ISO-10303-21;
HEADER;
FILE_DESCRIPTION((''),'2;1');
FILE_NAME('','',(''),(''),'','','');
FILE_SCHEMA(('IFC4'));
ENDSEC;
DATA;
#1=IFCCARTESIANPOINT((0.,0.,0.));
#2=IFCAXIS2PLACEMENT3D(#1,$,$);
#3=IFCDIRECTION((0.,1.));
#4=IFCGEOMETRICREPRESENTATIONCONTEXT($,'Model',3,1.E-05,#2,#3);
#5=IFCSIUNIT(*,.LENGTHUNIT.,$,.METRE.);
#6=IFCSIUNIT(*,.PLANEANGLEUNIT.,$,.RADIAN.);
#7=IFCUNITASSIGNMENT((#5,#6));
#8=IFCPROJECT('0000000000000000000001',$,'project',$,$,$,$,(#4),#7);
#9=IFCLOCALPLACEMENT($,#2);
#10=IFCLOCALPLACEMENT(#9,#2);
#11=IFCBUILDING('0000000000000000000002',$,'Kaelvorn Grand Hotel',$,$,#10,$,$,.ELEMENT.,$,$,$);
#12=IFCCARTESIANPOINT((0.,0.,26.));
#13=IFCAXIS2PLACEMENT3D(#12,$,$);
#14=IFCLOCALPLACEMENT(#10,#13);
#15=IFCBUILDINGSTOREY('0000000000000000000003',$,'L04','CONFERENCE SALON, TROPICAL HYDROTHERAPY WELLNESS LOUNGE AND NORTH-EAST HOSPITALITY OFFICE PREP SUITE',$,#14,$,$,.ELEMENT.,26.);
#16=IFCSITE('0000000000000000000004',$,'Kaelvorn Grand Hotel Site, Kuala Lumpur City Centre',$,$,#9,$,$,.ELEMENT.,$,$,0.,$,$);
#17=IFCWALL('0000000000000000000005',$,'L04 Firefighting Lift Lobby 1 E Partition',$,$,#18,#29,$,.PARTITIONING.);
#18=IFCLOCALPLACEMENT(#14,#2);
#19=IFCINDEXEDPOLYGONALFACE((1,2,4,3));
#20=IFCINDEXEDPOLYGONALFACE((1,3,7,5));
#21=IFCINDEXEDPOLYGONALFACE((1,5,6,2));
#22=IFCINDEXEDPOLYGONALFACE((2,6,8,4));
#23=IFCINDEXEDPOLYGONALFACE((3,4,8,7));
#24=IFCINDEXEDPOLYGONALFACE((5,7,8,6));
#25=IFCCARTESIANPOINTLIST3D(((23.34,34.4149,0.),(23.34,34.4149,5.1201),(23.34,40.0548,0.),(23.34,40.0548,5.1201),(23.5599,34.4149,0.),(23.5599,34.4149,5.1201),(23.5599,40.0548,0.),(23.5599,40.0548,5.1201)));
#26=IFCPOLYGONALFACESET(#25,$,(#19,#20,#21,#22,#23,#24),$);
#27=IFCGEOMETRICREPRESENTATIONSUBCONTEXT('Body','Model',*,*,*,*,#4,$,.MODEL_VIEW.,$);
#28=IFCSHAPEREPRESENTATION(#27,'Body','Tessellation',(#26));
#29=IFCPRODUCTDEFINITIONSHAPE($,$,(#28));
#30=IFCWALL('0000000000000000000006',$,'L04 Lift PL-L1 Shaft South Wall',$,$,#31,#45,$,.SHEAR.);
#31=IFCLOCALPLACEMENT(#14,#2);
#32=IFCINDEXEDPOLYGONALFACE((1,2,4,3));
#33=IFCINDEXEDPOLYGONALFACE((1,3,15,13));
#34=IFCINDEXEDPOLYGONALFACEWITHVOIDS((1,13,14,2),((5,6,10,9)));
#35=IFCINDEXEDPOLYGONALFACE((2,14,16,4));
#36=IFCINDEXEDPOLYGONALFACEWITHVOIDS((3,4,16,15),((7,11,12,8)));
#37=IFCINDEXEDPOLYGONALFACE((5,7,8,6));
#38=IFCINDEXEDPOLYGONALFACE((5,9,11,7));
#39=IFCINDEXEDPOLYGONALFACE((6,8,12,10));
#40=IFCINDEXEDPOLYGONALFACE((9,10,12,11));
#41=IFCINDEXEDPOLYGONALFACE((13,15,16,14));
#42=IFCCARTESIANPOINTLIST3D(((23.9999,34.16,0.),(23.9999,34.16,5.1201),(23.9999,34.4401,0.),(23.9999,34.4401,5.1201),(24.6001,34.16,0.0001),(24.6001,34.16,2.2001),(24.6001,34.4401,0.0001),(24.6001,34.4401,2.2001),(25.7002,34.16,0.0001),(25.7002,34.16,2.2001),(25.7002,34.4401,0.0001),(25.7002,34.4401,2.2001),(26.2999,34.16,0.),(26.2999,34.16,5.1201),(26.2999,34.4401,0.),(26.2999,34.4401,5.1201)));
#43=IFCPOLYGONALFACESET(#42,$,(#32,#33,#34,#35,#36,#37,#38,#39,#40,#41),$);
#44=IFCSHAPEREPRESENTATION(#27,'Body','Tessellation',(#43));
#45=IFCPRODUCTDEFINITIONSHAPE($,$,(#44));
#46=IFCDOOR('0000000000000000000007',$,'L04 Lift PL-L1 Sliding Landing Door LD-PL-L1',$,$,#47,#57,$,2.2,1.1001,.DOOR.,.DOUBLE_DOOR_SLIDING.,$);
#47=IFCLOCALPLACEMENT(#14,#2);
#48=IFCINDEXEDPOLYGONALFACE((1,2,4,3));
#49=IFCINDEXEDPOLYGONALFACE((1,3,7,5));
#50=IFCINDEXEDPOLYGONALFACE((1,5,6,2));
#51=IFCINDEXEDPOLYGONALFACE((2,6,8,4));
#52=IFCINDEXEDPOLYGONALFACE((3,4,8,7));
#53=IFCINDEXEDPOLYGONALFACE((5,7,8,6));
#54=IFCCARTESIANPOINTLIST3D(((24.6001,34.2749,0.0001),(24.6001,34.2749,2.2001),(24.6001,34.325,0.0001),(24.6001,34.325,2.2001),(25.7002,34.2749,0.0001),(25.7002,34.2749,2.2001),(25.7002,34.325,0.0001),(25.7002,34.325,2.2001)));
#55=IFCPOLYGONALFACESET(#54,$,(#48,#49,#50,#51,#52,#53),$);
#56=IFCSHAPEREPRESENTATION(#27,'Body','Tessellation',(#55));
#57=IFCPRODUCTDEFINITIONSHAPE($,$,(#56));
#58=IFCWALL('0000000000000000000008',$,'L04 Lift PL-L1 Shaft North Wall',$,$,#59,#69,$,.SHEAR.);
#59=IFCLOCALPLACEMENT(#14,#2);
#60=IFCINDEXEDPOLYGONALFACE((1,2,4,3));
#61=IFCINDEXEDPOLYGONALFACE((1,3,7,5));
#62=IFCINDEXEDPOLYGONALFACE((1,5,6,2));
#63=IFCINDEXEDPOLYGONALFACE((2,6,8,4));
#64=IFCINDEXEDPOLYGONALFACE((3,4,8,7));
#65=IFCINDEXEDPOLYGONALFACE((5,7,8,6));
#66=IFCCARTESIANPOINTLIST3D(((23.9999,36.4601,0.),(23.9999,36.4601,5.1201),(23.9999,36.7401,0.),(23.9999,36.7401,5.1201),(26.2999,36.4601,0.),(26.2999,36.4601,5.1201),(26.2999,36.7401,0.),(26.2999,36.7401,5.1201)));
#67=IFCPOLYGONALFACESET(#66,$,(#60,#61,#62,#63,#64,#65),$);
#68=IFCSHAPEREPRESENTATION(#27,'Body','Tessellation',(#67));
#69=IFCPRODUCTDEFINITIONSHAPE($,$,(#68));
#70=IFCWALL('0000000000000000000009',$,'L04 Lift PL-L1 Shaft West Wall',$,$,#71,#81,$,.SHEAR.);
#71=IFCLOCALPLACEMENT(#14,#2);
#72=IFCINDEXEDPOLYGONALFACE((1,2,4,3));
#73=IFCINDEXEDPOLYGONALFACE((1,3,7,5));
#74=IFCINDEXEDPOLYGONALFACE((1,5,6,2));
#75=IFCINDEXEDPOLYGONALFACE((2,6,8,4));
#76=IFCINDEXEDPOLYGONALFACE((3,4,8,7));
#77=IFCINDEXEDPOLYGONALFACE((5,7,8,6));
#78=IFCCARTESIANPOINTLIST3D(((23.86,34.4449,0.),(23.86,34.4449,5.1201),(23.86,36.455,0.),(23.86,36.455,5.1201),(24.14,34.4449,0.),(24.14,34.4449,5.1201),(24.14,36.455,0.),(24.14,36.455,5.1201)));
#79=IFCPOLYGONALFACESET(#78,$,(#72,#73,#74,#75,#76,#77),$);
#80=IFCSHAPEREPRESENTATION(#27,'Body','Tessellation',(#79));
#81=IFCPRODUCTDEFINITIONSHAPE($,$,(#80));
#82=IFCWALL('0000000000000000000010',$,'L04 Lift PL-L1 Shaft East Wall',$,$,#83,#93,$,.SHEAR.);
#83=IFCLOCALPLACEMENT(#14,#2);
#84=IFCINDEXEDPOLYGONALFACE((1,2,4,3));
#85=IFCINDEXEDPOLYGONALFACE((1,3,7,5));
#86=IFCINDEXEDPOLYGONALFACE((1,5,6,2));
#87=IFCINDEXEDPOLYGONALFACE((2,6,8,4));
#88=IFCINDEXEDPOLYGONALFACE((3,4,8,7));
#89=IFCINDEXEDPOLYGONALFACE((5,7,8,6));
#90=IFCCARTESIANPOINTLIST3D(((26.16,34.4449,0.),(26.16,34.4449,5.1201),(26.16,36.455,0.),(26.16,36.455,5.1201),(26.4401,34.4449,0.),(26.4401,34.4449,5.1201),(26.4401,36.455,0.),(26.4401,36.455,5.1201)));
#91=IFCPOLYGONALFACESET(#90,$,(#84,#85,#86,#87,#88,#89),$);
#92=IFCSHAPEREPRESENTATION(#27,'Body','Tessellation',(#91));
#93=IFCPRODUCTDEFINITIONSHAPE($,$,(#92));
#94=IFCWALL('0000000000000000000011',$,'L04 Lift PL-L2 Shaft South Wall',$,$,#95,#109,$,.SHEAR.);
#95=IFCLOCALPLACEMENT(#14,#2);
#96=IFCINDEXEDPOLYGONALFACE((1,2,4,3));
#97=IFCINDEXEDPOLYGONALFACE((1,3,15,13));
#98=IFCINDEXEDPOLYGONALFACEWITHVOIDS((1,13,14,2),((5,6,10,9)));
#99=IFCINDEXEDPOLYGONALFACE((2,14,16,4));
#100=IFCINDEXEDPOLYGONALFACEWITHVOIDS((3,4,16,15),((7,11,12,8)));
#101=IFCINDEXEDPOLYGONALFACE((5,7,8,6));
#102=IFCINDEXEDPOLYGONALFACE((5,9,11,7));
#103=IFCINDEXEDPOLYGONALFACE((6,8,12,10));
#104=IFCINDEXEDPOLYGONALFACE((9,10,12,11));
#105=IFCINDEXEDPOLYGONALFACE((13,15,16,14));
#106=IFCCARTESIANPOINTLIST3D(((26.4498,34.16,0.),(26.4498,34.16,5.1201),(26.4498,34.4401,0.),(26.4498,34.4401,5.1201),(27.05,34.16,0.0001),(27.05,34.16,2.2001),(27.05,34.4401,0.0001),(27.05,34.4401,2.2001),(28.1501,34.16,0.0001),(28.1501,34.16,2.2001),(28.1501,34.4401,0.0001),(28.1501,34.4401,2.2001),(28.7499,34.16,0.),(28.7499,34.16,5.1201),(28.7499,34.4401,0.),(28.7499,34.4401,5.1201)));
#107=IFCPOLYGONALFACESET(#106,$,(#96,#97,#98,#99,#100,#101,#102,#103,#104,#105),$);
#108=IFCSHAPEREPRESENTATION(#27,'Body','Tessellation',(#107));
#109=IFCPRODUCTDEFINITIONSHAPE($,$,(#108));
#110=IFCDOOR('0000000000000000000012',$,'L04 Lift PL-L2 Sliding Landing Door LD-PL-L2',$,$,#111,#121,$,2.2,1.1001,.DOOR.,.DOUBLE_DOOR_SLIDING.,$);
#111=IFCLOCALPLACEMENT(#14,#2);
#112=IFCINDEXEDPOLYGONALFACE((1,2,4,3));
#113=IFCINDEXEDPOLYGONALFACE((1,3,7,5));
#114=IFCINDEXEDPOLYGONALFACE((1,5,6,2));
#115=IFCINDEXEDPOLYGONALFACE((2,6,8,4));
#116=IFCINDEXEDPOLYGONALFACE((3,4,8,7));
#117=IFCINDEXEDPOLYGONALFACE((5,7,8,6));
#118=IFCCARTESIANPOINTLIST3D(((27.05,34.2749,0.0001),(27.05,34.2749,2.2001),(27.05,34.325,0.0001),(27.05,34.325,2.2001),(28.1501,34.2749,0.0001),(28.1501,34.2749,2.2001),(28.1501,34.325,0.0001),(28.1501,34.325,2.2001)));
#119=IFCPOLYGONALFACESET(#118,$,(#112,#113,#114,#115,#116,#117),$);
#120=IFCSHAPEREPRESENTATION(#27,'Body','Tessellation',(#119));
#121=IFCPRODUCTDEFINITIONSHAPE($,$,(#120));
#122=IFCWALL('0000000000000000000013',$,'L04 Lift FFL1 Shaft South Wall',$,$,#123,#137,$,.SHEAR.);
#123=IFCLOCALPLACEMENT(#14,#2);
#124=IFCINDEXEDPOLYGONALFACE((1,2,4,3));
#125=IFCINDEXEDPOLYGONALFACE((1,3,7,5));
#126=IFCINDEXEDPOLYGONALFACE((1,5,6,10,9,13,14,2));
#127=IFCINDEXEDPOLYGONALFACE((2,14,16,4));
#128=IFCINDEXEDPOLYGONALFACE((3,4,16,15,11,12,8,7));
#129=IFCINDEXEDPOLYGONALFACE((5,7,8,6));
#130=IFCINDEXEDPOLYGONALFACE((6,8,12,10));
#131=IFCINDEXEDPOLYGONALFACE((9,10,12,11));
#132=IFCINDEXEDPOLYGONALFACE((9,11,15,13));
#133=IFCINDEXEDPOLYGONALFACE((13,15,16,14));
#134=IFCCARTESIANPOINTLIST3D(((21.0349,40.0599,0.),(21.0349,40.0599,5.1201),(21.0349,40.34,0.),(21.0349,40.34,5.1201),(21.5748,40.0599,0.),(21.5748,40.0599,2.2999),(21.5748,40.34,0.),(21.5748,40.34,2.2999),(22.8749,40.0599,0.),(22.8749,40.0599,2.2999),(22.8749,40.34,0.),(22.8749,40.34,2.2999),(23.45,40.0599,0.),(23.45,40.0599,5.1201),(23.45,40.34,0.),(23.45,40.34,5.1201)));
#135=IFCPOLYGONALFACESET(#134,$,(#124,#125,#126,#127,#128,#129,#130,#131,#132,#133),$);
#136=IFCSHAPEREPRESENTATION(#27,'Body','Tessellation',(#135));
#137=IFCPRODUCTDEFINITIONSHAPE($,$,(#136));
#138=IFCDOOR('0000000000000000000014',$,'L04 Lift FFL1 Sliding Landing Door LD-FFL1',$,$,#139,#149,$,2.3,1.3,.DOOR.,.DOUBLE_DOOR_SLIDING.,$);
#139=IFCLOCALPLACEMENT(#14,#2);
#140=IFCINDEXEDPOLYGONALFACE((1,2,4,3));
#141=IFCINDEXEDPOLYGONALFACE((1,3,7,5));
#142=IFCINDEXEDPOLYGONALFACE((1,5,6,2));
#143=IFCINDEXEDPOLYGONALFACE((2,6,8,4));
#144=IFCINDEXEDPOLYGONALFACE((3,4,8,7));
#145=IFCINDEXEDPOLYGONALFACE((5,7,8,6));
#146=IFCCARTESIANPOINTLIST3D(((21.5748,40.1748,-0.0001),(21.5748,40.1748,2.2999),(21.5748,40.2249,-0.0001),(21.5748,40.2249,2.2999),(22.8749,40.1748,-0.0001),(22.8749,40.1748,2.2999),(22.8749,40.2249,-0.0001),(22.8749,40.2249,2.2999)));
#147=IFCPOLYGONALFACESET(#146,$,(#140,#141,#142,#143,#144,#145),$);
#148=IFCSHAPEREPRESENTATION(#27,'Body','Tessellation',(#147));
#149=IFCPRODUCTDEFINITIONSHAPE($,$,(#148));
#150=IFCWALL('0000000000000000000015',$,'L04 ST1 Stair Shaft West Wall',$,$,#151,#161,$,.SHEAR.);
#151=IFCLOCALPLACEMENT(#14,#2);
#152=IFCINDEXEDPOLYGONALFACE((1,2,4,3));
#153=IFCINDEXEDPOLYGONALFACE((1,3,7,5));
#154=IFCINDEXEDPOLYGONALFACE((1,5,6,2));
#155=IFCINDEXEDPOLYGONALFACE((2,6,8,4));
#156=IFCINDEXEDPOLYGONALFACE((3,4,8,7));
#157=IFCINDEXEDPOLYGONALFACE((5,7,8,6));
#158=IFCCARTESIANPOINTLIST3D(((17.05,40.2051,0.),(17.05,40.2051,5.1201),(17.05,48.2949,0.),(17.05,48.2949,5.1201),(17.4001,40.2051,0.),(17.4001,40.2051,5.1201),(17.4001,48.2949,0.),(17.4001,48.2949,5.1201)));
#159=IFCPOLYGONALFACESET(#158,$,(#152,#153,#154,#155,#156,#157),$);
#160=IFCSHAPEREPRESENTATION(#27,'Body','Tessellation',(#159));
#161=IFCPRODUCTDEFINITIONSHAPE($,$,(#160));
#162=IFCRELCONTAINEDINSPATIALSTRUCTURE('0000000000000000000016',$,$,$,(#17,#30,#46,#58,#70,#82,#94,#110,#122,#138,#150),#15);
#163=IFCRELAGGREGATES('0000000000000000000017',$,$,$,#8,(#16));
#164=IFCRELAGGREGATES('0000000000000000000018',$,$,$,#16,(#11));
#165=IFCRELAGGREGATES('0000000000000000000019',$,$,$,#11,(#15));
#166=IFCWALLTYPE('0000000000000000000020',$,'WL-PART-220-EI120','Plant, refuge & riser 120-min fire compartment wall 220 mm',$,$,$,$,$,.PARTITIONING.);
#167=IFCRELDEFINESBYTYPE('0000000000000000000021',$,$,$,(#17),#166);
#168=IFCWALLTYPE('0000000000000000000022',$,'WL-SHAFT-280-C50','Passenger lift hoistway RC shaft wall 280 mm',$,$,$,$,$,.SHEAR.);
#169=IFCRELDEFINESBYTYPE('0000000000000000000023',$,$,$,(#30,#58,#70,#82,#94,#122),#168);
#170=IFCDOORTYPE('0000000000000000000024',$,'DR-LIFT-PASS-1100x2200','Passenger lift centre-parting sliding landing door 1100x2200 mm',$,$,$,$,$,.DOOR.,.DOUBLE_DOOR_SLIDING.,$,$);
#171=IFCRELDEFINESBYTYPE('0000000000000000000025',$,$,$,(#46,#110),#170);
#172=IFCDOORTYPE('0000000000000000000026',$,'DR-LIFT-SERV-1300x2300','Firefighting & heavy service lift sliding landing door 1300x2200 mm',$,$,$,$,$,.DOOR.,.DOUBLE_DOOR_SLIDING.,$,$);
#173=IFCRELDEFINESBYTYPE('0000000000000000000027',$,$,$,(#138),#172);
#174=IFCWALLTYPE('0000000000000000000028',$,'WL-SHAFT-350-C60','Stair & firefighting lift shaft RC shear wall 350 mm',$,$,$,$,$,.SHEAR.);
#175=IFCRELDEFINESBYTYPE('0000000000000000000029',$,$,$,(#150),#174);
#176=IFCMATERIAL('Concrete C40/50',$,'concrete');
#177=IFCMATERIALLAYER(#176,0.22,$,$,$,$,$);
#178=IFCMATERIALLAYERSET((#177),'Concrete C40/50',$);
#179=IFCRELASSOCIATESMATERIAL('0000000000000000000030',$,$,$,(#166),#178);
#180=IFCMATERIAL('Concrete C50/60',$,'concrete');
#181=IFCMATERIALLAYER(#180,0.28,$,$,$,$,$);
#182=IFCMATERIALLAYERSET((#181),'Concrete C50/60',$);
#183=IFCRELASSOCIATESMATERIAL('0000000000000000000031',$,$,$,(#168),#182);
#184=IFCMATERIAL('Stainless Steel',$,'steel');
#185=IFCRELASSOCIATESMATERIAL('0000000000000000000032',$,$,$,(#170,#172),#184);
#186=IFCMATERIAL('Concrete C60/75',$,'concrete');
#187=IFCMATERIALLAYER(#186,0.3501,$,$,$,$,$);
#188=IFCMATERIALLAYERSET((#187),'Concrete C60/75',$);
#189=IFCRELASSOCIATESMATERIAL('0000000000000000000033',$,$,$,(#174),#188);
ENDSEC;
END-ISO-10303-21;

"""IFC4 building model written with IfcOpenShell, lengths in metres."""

from ifc_helpers import new_model, si_unit, direction, frame, frame_2d, origin, place, context, subcontext, project, spatial, rectangle, extrude, material, layer, layer_set, type_object, element, fill, save


model = new_model("IFC4")

# Units and contexts
model_context = context("Model", 3, precision=1e-05, world=origin(), true_north=direction((0.0, 1.0)))
body_context = subcontext(model_context, "Body", "Model", "MODEL_VIEW")
ifc_project = project(units=[si_unit("LENGTHUNIT", "METRE"), si_unit("PLANEANGLEUNIT", "RADIAN")], contexts=[model_context])

# Site, building, storey
site_placement = place(None, origin())
site = spatial("IfcSite", under=ifc_project, at=site_placement, Name="Kaelvorn Grand Hotel Site, Kuala Lumpur City Centre", CompositionType="ELEMENT", RefElevation=0.0)
building_placement = place(site_placement, origin())
building = spatial("IfcBuilding", under=site, at=building_placement, Name="Kaelvorn Grand Hotel", CompositionType="ELEMENT")
storey_placement = place(building_placement, frame((0.0, 0.0, 26.0)))
storey = spatial("IfcBuildingStorey", under=building, at=storey_placement, Name="L04", Description="CONFERENCE SALON, TROPICAL HYDROTHERAPY WELLNESS LOUNGE AND NORTH-EAST HOSPITALITY OFFICE PREP SUITE", CompositionType="ELEMENT", Elevation=26.0)

# Shared definitions
ifc_material_1 = material(Name="Concrete C60/75", Category="concrete")

# Shared definitions
ifc_material_2 = material(Name="Concrete C40/50", Category="concrete")
ifc_layer_1 = layer(ifc_material_2, 0.22)
ifc_layer_set_1 = layer_set([ifc_layer_1], Name="Concrete C40/50")
wall_type_1 = type_object("IfcWallType", Name="WL-PART-220-EI120", Description="Plant, refuge & riser 120-min fire compartment wall 220 mm", PredefinedType="PARTITIONING", material=ifc_layer_set_1)

# Wall
wall_1_placement = place(storey_placement, frame((23.45, 34.415, 0.0), z_axis=(0.0, 0.0, 1.0), x_axis=(0.0, 1.0, 0.0)))
element("IfcWall", 1, at=wall_1_placement, inside=storey, type_object=wall_type_1, Name="L04 Firefighting Lift Lobby 1 E Partition", PredefinedType="PARTITIONING", context=body_context, shape_type="SweptSolid", body=[
    extrude(rectangle(XDim=5.6399, YDim=0.22, at=frame_2d((2.8198, 0.0))), origin(), (0.0, 0.0, 1.0), 5.1201),
])

# Wall, opening, door
ifc_material_3 = material(Name="Concrete C50/60", Category="concrete")
ifc_layer_2 = layer(ifc_material_3, 0.28)
ifc_layer_set_2 = layer_set([ifc_layer_2], Name="Concrete C50/60")
wall_type_2 = type_object("IfcWallType", Name="WL-SHAFT-280-C50", Description="Passenger lift hoistway RC shaft wall 280 mm", PredefinedType="SHEAR", material=ifc_layer_set_2)
wall_2_placement = place(storey_placement, frame((24.0, 34.3, 0.0), z_axis=(0.0, 0.0, 1.0), x_axis=(1.0, 0.0, 0.0)))
wall_2 = element("IfcWall", 2, at=wall_2_placement, inside=storey, type_object=wall_type_2, Name="L04 Lift PL-L1 Shaft South Wall", PredefinedType="SHEAR", context=body_context, shape_type="SweptSolid", body=[
    extrude(rectangle(XDim=2.3, YDim=0.28, at=frame_2d((1.1499, 0.0))), origin(), (0.0, 0.0, 1.0), 5.1201),
])
opening_1_placement = place(wall_2_placement, frame((0.6001, 0.0, 0.0)))
opening_1 = element("IfcOpeningElement", 3, at=opening_1_placement, cuts=wall_2, PredefinedType="OPENING", context=body_context, shape_type="SweptSolid", body=[
    extrude(rectangle(XDim=1.1001, YDim=2.2, at=frame_2d((0.55, 1.1001))), frame((0.0, 0.1499, 0.0), z_axis=(0.0, -1.0, 0.0), x_axis=(1.0, 0.0, 0.0)), (0.0, 0.0, 1.0), 0.3),
])
ifc_material_4 = material(Name="Stainless Steel", Category="steel")
door_type_1 = type_object("IfcDoorType", Name="DR-LIFT-PASS-1100x2200", Description="Passenger lift centre-parting sliding landing door 1100x2200 mm", OperationType="DOUBLE_DOOR_SLIDING", PredefinedType="DOOR", material=ifc_material_4)
door_1_placement = place(opening_1_placement, origin())
door_1 = element("IfcDoor", 4, at=door_1_placement, inside=storey, type_object=door_type_1, Name="L04 Lift PL-L1 Sliding Landing Door LD-PL-L1", OperationType="DOUBLE_DOOR_SLIDING", OverallHeight=2.2, OverallWidth=1.1001, PredefinedType="DOOR", context=body_context, shape_type="SweptSolid", body=[
    extrude(rectangle(XDim=1.1001, YDim=2.2, at=frame_2d((0.55, 1.1001))), frame((0.0, 0.0249, 0.0), z_axis=(0.0, -1.0, 0.0), x_axis=(1.0, 0.0, 0.0)), (0.0, 0.0, 1.0), 0.05),
])
fill(opening_1, door_1)

# Walls
wall_3_placement = place(storey_placement, frame((24.0, 36.6001, 0.0), z_axis=(0.0, 0.0, 1.0), x_axis=(1.0, 0.0, 0.0)))
element("IfcWall", 5, at=wall_3_placement, inside=storey, type_object=wall_type_2, Name="L04 Lift PL-L1 Shaft North Wall", PredefinedType="SHEAR", context=body_context, shape_type="SweptSolid", body=[
    extrude(rectangle(XDim=2.3, YDim=0.28, at=frame_2d((1.1499, 0.0))), origin(), (0.0, 0.0, 1.0), 5.1201),
])
for number, where, z_axis, x_axis, name in (
    (6, (24.0, 34.4451, 0.0), (0.0, 0.0, 1.0), (0.0, 1.0, 0.0), "L04 Lift PL-L1 Shaft West Wall"),
    (7, (26.3, 34.4451, 0.0), (0.0, 0.0, 1.0), (0.0, 1.0, 0.0), "L04 Lift PL-L1 Shaft East Wall"),
):
    element("IfcWall", number, at=place(storey_placement, frame(where, z_axis=z_axis, x_axis=x_axis)), inside=storey, type_object=wall_type_2, Name=name, PredefinedType="SHEAR", context=body_context, shape_type="SweptSolid", body=[
        extrude(rectangle(XDim=2.01, YDim=0.28, at=frame_2d((1.0049, 0.0))), origin(), (0.0, 0.0, 1.0), 5.1201),
    ])

# Walls, openings, doors
wall_4_placement = place(storey_placement, frame((26.45, 34.3, 0.0), z_axis=(0.0, 0.0, 1.0), x_axis=(1.0, 0.0, 0.0)))
wall_4 = element("IfcWall", 8, at=wall_4_placement, inside=storey, type_object=wall_type_2, Name="L04 Lift PL-L2 Shaft South Wall", PredefinedType="SHEAR", context=body_context, shape_type="SweptSolid", body=[
    extrude(rectangle(XDim=2.3, YDim=0.28, at=frame_2d((1.1499, 0.0))), origin(), (0.0, 0.0, 1.0), 5.1201),
])
opening_2_placement = place(wall_4_placement, frame((0.6001, 0.0, 0.0)))
opening_2 = element("IfcOpeningElement", 9, at=opening_2_placement, cuts=wall_4, PredefinedType="OPENING", context=body_context, shape_type="SweptSolid", body=[
    extrude(rectangle(XDim=1.1001, YDim=2.2, at=frame_2d((0.55, 1.1001))), frame((0.0, 0.1499, 0.0), z_axis=(0.0, -1.0, 0.0), x_axis=(1.0, 0.0, 0.0)), (0.0, 0.0, 1.0), 0.3),
])
door_2_placement = place(opening_2_placement, origin())
door_2 = element("IfcDoor", 10, at=door_2_placement, inside=storey, type_object=door_type_1, Name="L04 Lift PL-L2 Sliding Landing Door LD-PL-L2", OperationType="DOUBLE_DOOR_SLIDING", OverallHeight=2.2, OverallWidth=1.1001, PredefinedType="DOOR", context=body_context, shape_type="SweptSolid", body=[
    extrude(rectangle(XDim=1.1001, YDim=2.2, at=frame_2d((0.55, 1.1001))), frame((0.0, 0.0249, 0.0), z_axis=(0.0, -1.0, 0.0), x_axis=(1.0, 0.0, 0.0)), (0.0, 0.0, 1.0), 0.05),
])
fill(opening_2, door_2)
wall_5_placement = place(storey_placement, frame((21.0349, 40.2, 0.0), z_axis=(0.0, 0.0, 1.0), x_axis=(1.0, 0.0, 0.0)))
wall_5 = element("IfcWall", 11, at=wall_5_placement, inside=storey, type_object=wall_type_2, Name="L04 Lift FFL1 Shaft South Wall", PredefinedType="SHEAR", context=body_context, shape_type="SweptSolid", body=[
    extrude(rectangle(XDim=2.415, YDim=0.28, at=frame_2d((1.2075, 0.0))), origin(), (0.0, 0.0, 1.0), 5.1201),
])
opening_3_placement = place(wall_5_placement, frame((0.54, 0.0, 0.0)))
opening_3 = element("IfcOpeningElement", 12, at=opening_3_placement, cuts=wall_5, PredefinedType="OPENING", context=body_context, shape_type="SweptSolid", body=[
    extrude(rectangle(XDim=1.3, YDim=2.3, at=frame_2d((0.6499, 1.1499))), frame((0.0, 0.1499, 0.0), z_axis=(0.0, -1.0, 0.0), x_axis=(1.0, 0.0, 0.0)), (0.0, 0.0, 1.0), 0.3),
])
door_type_2 = type_object("IfcDoorType", Name="DR-LIFT-SERV-1300x2300", Description="Firefighting & heavy service lift sliding landing door 1300x2200 mm", OperationType="DOUBLE_DOOR_SLIDING", PredefinedType="DOOR", material=ifc_material_4)
door_3_placement = place(opening_3_placement, origin())
door_3 = element("IfcDoor", 13, at=door_3_placement, inside=storey, type_object=door_type_2, Name="L04 Lift FFL1 Sliding Landing Door LD-FFL1", OperationType="DOUBLE_DOOR_SLIDING", OverallHeight=2.3, OverallWidth=1.3, PredefinedType="DOOR", context=body_context, shape_type="SweptSolid", body=[
    extrude(rectangle(XDim=1.3, YDim=2.3, at=frame_2d((0.6499, 1.1499))), frame((0.0, 0.0249, 0.0), z_axis=(0.0, -1.0, 0.0), x_axis=(1.0, 0.0, 0.0)), (0.0, 0.0, 1.0), 0.05),
])
fill(opening_3, door_3)
ifc_layer_3 = layer(ifc_material_1, 0.3501)
ifc_layer_set_3 = layer_set([ifc_layer_3], Name="Concrete C60/75")
wall_type_3 = type_object("IfcWallType", Name="WL-SHAFT-350-C60", Description="Stair & firefighting lift shaft RC shear wall 350 mm", PredefinedType="SHEAR", material=ifc_layer_set_3)

# Wall
wall_6_placement = place(storey_placement, frame((17.2251, 40.2051, 0.0), z_axis=(0.0, 0.0, 1.0), x_axis=(0.0, 1.0, 0.0)))
element("IfcWall", 14, at=wall_6_placement, inside=storey, type_object=wall_type_3, Name="L04 ST1 Stair Shaft West Wall", PredefinedType="SHEAR", context=body_context, shape_type="SweptSolid", body=[
    extrude(rectangle(XDim=8.0898, YDim=0.3501, at=frame_2d((4.0449, 0.0))), origin(), (0.0, 0.0, 1.0), 5.1201),
])

save(model, "model.ifc")
